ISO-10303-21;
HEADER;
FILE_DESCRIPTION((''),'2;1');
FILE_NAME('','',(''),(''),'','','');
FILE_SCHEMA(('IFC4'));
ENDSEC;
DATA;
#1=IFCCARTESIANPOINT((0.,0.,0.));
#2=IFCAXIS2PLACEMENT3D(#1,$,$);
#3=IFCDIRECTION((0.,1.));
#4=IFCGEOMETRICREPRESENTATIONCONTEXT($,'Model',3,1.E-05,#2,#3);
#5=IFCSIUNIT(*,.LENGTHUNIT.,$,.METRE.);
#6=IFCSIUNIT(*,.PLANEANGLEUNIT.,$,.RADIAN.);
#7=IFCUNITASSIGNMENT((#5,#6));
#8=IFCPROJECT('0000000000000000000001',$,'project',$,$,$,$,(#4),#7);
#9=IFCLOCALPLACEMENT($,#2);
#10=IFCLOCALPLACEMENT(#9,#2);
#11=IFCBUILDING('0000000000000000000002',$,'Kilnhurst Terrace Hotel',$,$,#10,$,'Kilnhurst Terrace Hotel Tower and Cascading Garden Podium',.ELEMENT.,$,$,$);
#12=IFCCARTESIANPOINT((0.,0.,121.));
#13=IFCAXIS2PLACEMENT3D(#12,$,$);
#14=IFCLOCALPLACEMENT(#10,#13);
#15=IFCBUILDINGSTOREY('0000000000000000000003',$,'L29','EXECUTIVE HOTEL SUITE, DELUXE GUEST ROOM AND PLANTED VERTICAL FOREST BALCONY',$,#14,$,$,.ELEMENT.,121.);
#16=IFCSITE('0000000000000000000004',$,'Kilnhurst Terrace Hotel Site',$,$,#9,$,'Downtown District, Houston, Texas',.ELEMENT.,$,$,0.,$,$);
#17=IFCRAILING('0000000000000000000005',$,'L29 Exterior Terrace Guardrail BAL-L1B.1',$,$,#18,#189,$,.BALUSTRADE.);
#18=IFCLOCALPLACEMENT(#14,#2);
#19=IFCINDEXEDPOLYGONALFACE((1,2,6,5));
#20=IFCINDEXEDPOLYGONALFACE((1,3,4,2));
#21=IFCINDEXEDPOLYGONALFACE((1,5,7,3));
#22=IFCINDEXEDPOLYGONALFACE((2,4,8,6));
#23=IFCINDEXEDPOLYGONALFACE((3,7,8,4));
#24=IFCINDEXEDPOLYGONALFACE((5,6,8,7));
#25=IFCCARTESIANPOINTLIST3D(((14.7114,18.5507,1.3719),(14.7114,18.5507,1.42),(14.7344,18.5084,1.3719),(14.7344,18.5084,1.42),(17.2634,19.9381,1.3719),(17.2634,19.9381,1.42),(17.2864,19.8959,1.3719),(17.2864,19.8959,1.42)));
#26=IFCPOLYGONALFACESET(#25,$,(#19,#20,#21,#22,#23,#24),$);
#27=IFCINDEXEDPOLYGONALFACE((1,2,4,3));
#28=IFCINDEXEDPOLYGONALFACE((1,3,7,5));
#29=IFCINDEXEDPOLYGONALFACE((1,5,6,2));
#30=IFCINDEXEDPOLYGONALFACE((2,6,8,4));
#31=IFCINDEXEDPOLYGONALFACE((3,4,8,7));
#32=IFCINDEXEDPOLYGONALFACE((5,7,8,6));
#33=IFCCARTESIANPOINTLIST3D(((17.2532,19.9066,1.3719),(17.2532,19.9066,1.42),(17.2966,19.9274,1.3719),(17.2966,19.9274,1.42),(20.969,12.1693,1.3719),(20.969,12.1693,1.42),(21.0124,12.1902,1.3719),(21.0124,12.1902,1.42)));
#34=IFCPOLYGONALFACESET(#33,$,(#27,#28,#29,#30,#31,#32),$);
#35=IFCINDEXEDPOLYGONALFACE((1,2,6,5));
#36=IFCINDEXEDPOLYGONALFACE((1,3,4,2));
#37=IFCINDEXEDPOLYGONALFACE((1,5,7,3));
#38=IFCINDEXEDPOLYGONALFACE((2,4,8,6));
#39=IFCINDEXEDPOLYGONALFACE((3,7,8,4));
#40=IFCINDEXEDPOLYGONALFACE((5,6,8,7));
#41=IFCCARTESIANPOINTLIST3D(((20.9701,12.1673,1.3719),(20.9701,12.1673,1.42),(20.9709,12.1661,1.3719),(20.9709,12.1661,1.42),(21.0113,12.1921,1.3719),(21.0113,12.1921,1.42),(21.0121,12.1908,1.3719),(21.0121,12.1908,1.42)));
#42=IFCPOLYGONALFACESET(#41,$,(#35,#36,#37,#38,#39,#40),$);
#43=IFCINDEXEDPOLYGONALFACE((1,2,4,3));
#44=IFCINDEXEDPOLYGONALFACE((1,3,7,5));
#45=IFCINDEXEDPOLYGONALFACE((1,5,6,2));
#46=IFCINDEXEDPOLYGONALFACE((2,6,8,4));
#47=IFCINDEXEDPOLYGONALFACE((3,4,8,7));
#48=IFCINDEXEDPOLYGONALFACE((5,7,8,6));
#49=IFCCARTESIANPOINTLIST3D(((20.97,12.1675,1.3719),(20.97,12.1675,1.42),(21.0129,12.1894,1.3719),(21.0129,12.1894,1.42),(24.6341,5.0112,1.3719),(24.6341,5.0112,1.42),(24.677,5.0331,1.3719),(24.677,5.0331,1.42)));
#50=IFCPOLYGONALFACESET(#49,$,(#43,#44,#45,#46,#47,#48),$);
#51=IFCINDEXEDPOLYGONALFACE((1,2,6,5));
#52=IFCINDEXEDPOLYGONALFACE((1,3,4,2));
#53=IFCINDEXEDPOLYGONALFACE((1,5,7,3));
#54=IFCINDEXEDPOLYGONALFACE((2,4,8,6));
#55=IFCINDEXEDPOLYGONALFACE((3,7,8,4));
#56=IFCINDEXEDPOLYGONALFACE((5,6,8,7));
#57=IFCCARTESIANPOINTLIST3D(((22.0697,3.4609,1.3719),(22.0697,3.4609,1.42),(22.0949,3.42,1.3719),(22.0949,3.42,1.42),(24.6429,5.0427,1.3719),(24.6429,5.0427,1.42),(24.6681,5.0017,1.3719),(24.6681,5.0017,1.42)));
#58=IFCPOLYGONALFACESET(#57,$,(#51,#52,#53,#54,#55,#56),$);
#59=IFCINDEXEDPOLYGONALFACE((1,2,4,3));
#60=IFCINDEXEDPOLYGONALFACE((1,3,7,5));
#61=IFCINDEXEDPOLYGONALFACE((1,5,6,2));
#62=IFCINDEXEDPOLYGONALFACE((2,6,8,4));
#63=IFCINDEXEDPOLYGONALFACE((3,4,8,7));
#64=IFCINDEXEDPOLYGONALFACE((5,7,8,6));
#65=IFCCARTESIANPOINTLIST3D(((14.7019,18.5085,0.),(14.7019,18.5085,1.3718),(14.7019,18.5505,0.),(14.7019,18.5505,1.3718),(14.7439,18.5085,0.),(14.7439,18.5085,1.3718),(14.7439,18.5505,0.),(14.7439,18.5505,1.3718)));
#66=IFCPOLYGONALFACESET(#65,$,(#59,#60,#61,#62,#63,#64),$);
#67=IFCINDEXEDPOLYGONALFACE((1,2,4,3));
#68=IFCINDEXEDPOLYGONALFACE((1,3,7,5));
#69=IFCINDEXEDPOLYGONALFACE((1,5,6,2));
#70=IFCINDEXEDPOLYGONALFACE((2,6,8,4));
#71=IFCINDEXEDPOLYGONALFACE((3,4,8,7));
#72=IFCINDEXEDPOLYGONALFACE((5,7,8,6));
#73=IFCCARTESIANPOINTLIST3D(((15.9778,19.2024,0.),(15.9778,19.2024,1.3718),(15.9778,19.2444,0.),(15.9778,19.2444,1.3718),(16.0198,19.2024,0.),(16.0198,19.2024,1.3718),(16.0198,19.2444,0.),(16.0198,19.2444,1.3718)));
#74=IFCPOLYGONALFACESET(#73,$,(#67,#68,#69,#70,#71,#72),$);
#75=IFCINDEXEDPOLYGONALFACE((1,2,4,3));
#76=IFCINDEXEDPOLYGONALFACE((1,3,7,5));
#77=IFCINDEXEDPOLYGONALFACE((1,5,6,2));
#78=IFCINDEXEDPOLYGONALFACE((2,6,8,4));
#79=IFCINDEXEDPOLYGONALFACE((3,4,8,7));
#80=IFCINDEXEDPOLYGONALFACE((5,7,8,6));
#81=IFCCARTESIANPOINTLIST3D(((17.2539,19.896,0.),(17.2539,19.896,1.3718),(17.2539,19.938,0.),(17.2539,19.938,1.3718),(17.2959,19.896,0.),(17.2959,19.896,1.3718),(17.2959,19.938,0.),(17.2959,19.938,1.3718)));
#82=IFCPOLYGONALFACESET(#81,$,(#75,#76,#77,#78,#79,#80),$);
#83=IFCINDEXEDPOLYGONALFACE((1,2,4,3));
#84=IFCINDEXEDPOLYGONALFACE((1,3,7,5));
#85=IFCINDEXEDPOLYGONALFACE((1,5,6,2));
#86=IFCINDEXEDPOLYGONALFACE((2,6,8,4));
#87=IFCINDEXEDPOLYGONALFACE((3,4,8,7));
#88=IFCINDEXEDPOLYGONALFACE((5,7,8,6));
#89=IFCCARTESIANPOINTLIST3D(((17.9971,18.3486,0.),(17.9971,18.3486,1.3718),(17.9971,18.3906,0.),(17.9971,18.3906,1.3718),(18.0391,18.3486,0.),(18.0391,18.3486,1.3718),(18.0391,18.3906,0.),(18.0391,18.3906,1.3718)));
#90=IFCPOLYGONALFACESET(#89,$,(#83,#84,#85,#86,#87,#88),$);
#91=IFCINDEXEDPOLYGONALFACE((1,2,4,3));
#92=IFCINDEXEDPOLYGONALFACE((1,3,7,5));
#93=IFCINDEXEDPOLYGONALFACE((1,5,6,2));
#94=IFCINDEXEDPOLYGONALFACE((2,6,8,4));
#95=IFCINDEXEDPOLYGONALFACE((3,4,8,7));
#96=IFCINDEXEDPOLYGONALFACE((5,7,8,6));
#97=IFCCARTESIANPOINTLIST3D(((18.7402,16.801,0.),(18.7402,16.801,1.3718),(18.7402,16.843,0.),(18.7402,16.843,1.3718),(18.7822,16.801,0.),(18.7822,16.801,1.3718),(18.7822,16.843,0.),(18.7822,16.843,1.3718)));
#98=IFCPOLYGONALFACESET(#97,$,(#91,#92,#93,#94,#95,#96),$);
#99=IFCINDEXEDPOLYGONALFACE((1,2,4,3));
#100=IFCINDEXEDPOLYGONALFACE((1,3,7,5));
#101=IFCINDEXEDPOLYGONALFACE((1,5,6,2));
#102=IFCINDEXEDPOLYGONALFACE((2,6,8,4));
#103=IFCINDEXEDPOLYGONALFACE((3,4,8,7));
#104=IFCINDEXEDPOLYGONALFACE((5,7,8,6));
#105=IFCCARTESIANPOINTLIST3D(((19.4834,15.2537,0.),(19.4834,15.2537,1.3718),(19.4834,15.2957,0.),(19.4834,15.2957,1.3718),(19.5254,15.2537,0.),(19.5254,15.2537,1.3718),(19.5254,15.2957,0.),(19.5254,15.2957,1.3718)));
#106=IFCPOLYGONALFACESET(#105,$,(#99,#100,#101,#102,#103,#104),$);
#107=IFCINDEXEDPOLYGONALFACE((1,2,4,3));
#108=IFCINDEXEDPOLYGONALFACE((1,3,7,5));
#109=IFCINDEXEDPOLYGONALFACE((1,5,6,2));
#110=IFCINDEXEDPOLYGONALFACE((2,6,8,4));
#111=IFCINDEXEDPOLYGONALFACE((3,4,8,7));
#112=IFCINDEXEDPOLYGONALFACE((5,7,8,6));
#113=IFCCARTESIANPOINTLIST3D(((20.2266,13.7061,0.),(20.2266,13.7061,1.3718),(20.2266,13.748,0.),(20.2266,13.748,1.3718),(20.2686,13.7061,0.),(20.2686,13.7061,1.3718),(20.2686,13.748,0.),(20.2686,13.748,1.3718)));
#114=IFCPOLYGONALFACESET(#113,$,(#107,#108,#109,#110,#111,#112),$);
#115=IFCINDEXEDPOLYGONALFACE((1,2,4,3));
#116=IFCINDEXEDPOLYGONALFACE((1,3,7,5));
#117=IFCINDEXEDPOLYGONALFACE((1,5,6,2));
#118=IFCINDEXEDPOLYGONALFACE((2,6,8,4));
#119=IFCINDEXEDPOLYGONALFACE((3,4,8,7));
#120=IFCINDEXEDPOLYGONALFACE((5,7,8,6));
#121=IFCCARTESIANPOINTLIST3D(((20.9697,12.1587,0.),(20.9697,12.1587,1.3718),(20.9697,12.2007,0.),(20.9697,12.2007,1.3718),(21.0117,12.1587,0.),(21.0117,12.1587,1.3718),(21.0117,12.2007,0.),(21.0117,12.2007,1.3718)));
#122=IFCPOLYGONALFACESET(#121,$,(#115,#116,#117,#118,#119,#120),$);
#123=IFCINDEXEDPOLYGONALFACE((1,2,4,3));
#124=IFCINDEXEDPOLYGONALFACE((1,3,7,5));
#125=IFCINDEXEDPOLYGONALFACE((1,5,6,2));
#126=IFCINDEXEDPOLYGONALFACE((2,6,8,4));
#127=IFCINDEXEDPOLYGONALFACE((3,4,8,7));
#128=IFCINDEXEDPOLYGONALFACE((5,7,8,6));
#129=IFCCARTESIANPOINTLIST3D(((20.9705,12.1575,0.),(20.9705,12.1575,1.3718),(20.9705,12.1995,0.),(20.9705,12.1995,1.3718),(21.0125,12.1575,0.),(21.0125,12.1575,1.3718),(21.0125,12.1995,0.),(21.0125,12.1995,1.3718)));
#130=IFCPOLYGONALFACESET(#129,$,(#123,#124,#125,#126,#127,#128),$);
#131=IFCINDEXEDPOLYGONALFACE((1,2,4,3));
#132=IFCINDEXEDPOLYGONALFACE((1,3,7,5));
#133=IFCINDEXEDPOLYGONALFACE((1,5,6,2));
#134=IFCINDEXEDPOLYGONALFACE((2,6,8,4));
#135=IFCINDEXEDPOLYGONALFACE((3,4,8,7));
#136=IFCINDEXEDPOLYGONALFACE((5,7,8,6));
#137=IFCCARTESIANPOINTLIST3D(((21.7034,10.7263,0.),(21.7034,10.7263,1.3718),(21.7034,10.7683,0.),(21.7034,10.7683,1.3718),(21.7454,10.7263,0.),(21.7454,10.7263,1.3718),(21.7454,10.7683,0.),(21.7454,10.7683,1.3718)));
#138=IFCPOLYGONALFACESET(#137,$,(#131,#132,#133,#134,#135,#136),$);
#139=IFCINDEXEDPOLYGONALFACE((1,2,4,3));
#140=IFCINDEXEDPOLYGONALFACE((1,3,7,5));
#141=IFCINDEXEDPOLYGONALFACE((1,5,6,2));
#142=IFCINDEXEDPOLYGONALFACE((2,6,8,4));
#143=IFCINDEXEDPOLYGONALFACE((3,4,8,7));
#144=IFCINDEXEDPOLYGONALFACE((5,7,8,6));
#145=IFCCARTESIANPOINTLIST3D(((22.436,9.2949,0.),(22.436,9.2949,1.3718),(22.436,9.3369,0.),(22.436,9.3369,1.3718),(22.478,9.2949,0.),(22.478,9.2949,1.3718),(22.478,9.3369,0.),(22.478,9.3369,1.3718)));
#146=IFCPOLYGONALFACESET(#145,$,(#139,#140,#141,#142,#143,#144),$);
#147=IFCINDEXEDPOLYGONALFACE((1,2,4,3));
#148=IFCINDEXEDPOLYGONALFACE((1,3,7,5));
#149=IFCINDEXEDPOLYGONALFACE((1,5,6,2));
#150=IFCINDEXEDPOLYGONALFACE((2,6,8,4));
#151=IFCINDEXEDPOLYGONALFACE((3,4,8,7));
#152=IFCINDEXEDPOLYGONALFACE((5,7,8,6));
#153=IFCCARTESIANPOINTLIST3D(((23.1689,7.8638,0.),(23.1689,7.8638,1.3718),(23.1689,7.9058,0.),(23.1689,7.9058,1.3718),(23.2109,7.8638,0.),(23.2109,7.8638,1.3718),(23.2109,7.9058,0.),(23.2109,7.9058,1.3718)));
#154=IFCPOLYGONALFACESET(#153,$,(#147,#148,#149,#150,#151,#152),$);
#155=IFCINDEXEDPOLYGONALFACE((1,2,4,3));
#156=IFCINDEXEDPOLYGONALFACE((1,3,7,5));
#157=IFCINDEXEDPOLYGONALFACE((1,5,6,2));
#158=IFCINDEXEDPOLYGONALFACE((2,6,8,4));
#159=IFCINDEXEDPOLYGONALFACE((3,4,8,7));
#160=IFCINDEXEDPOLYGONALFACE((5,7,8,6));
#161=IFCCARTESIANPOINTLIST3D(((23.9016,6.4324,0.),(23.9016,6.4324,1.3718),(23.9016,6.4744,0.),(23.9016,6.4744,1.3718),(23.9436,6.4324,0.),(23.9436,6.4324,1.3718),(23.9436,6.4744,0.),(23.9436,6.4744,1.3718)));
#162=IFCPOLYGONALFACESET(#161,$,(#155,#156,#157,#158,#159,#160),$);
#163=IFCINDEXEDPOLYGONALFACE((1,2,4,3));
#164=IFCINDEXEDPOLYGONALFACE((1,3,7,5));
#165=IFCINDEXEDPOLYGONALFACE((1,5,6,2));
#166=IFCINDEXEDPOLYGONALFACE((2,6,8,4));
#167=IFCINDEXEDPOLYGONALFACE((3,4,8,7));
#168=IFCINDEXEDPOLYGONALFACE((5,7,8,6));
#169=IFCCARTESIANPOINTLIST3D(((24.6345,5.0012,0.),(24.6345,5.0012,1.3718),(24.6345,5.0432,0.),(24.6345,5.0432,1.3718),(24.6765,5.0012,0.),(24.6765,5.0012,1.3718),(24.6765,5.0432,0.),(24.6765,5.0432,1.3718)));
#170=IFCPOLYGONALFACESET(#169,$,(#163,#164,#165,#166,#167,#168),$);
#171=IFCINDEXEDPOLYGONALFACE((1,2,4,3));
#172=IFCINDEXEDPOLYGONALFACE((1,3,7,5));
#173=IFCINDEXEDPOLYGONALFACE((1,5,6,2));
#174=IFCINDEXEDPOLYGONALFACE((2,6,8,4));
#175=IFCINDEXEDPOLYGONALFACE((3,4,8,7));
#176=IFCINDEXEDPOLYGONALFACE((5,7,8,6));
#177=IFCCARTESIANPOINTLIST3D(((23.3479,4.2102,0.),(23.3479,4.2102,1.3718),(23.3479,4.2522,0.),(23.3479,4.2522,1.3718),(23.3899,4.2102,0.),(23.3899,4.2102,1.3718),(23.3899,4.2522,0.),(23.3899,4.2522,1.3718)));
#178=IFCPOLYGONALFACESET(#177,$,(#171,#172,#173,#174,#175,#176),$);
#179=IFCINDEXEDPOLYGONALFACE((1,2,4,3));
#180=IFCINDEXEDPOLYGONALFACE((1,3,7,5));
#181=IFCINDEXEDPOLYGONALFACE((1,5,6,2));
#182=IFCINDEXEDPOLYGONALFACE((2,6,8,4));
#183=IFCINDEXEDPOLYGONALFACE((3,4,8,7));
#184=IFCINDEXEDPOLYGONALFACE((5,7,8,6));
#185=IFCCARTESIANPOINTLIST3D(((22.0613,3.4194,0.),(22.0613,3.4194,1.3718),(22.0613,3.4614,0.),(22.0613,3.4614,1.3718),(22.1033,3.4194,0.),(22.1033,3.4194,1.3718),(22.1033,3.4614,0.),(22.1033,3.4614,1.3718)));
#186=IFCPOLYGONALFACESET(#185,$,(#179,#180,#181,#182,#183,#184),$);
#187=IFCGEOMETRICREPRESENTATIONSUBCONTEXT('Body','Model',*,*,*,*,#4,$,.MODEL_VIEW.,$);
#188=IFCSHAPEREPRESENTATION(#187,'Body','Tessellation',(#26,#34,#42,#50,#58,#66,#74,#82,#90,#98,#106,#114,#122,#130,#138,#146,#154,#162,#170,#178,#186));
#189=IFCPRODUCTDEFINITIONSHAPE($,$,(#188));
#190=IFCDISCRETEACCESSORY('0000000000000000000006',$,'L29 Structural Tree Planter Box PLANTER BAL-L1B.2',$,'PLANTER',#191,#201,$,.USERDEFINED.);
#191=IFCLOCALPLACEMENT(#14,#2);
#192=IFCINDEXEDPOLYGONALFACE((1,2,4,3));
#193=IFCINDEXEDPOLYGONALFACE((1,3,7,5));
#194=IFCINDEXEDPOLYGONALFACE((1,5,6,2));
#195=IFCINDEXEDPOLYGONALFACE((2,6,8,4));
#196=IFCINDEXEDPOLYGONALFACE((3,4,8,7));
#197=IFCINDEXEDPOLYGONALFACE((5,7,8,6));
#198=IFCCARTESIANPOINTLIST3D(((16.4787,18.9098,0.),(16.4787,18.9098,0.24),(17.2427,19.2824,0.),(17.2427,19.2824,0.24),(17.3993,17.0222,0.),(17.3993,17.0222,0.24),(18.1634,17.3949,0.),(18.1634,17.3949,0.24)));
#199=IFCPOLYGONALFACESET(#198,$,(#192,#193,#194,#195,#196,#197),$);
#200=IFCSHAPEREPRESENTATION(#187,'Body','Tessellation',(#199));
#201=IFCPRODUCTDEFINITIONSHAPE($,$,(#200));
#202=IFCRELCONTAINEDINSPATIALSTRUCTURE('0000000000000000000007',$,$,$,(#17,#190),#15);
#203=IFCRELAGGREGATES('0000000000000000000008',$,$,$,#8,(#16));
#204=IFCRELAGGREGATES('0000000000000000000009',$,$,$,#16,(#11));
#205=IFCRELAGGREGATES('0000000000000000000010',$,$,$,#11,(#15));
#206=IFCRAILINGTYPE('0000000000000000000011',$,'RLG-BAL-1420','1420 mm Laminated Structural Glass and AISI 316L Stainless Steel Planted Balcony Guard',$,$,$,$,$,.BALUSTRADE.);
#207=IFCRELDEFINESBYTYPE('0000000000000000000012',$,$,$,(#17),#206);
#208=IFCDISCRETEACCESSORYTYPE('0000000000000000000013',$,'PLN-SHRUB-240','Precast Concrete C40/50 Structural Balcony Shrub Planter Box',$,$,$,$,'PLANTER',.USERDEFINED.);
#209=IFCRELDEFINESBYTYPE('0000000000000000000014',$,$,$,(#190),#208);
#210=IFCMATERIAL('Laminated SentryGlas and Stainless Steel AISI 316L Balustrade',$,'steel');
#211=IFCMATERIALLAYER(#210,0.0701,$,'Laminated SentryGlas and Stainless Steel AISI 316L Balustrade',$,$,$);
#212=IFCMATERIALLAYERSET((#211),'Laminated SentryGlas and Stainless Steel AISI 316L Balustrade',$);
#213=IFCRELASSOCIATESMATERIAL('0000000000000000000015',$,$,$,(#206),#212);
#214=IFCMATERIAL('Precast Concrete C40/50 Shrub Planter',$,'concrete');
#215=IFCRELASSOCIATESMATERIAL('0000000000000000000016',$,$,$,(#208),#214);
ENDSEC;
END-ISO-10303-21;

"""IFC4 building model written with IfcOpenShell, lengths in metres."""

from ifc_helpers import new_model, si_unit, direction, frame, origin, origin_2d, place, context, subcontext, project, spatial, rectangle, extrude, material, layer, layer_set, type_object, element, save


model = new_model("IFC4")

# Units and contexts
model_context = context("Model", 3, precision=1e-05, world=origin(), true_north=direction((0.0, 1.0)))
body_context = subcontext(model_context, "Body", "Model", "MODEL_VIEW")
ifc_project = project(units=[si_unit("LENGTHUNIT", "METRE"), si_unit("PLANEANGLEUNIT", "RADIAN")], contexts=[model_context])

# Site, building, storey
site_placement = place(None, origin())
site = spatial("IfcSite", under=ifc_project, at=site_placement, Name="Kilnhurst Terrace Hotel Site", LongName="Downtown District, Houston, Texas", CompositionType="ELEMENT", RefElevation=0.0)
building_placement = place(site_placement, origin())
building = spatial("IfcBuilding", under=site, at=building_placement, Name="Kilnhurst Terrace Hotel", LongName="Kilnhurst Terrace Hotel Tower and Cascading Garden Podium", CompositionType="ELEMENT")
storey_placement = place(building_placement, frame((0.0, 0.0, 121.0)))
storey = spatial("IfcBuildingStorey", under=building, at=storey_placement, Name="L29", Description="EXECUTIVE HOTEL SUITE, DELUXE GUEST ROOM AND PLANTED VERTICAL FOREST BALCONY", CompositionType="ELEMENT", Elevation=121.0)

# Railing
ifc_material_1 = material(Name="Laminated SentryGlas and Stainless Steel AISI 316L Balustrade", Category="steel")
ifc_layer_1 = layer(ifc_material_1, 0.0701, Name="Laminated SentryGlas and Stainless Steel AISI 316L Balustrade")
ifc_layer_set_1 = layer_set([ifc_layer_1], Name="Laminated SentryGlas and Stainless Steel AISI 316L Balustrade")
railing_type = type_object("IfcRailingType", Name="RLG-BAL-1420", Description="1420 mm Laminated Structural Glass and AISI 316L Stainless Steel Planted Balcony Guard", PredefinedType="BALUSTRADE", material=ifc_layer_set_1)
railing_placement = place(storey_placement, frame((14.7229, 18.5295, 0.0)))
element("IfcRailing", 1, at=railing_placement, inside=storey, type_object=railing_type, Name="L29 Exterior Terrace Guardrail BAL-L1B.1", PredefinedType="BALUSTRADE", context=body_context, shape_type="SweptSolid", body=[
    extrude(rectangle(XDim=0.0481, YDim=0.0481, at=origin_2d()), frame((0.0, 0.0, 1.396), z_axis=(0.878553, 0.477644, 0.0), x_axis=(-0.477644, 0.878553, 0.0)), (0.0, 0.0, 1.0), 2.9048),
    extrude(rectangle(XDim=0.0481, YDim=0.0481, at=origin_2d()), frame((2.552, 1.3875, 1.396), z_axis=(0.432912, -0.901436, 0.0), x_axis=(0.901436, 0.432912, 0.0)), (0.0, 0.0, 1.0), 8.5833),
    extrude(rectangle(XDim=0.0481, YDim=0.0481, at=origin_2d()), frame((6.2678, -6.3499, 1.396), z_axis=(0.514496, -0.857493, 0.0), x_axis=(0.857493, 0.514496, 0.0)), (0.0, 0.0, 1.0), 0.0015),
    extrude(rectangle(XDim=0.0481, YDim=0.0481, at=origin_2d()), frame((6.2686, -6.3511, 1.396), z_axis=(0.455744, -0.890111, 0.0), x_axis=(0.890111, 0.455744, 0.0)), (0.0, 0.0, 1.0), 8.0398),
    extrude(rectangle(XDim=0.0481, YDim=0.0481, at=origin_2d()), frame((9.9326, -13.5073, 1.396), z_axis=(-0.851916, -0.523678, 0.0), x_axis=(0.523678, -0.851916, 0.0)), (0.0, 0.0, 1.0), 3.0205),
    extrude(rectangle(XDim=0.042, YDim=0.042, at=origin_2d()), origin(), (0.0, 0.0, 1.0), 1.3718),
    extrude(rectangle(XDim=0.042, YDim=0.042, at=origin_2d()), frame((1.2759, 0.6938, 0.0)), (0.0, 0.0, 1.0), 1.3718),
    extrude(rectangle(XDim=0.042, YDim=0.042, at=origin_2d()), frame((2.552, 1.3875, 0.0)), (0.0, 0.0, 1.0), 1.3718),
    extrude(rectangle(XDim=0.042, YDim=0.042, at=origin_2d()), frame((3.2952, -0.1599, 0.0)), (0.0, 0.0, 1.0), 1.3718),
    extrude(rectangle(XDim=0.042, YDim=0.042, at=origin_2d()), frame((4.0383, -1.7075, 0.0)), (0.0, 0.0, 1.0), 1.3718),
    extrude(rectangle(XDim=0.042, YDim=0.042, at=origin_2d()), frame((4.7815, -3.2549, 0.0)), (0.0, 0.0, 1.0), 1.3718),
    extrude(rectangle(XDim=0.042, YDim=0.042, at=origin_2d()), frame((5.5247, -4.8025, 0.0)), (0.0, 0.0, 1.0), 1.3718),
    extrude(rectangle(XDim=0.042, YDim=0.042, at=origin_2d()), frame((6.2678, -6.3499, 0.0)), (0.0, 0.0, 1.0), 1.3718),
    extrude(rectangle(XDim=0.042, YDim=0.042, at=origin_2d()), frame((6.2686, -6.3511, 0.0)), (0.0, 0.0, 1.0), 1.3718),
    extrude(rectangle(XDim=0.042, YDim=0.042, at=origin_2d()), frame((7.0015, -7.7822, 0.0)), (0.0, 0.0, 1.0), 1.3718),
    extrude(rectangle(XDim=0.042, YDim=0.042, at=origin_2d()), frame((7.7341, -9.2136, 0.0)), (0.0, 0.0, 1.0), 1.3718),
    extrude(rectangle(XDim=0.042, YDim=0.042, at=origin_2d()), frame((8.467, -10.6448, 0.0)), (0.0, 0.0, 1.0), 1.3718),
    extrude(rectangle(XDim=0.042, YDim=0.042, at=origin_2d()), frame((9.1997, -12.0762, 0.0)), (0.0, 0.0, 1.0), 1.3718),
    extrude(rectangle(XDim=0.042, YDim=0.042, at=origin_2d()), frame((9.9326, -13.5073, 0.0)), (0.0, 0.0, 1.0), 1.3718),
    extrude(rectangle(XDim=0.042, YDim=0.042, at=origin_2d()), frame((8.646, -14.2983, 0.0)), (0.0, 0.0, 1.0), 1.3718),
    extrude(rectangle(XDim=0.042, YDim=0.042, at=origin_2d()), frame((7.3594, -15.0891, 0.0)), (0.0, 0.0, 1.0), 1.3718),
])

# Discrete accessory
ifc_material_2 = material(Name="Precast Concrete C40/50 Shrub Planter", Category="concrete")
discrete_accessory_type = type_object("IfcDiscreteAccessoryType", Name="PLN-SHRUB-240", Description="Precast Concrete C40/50 Structural Balcony Shrub Planter Box", ElementType="PLANTER", PredefinedType="USERDEFINED", material=ifc_material_2)
discrete_accessory_placement = place(storey_placement, frame((17.321, 18.1523, 0.0), z_axis=(0.0, 0.0, 1.0), x_axis=(-0.438387, 0.898786, 0.0)))
element("IfcDiscreteAccessory", 2, at=discrete_accessory_placement, inside=storey, type_object=discrete_accessory_type, Name="L29 Structural Tree Planter Box PLANTER BAL-L1B.2", ObjectType="PLANTER", PredefinedType="USERDEFINED", context=body_context, shape_type="SweptSolid", body=[
    extrude(rectangle(XDim=2.1001, YDim=0.8501, at=origin_2d()), origin(), (0.0, 0.0, 1.0), 0.24),
])

save(model, "model.ifc")
